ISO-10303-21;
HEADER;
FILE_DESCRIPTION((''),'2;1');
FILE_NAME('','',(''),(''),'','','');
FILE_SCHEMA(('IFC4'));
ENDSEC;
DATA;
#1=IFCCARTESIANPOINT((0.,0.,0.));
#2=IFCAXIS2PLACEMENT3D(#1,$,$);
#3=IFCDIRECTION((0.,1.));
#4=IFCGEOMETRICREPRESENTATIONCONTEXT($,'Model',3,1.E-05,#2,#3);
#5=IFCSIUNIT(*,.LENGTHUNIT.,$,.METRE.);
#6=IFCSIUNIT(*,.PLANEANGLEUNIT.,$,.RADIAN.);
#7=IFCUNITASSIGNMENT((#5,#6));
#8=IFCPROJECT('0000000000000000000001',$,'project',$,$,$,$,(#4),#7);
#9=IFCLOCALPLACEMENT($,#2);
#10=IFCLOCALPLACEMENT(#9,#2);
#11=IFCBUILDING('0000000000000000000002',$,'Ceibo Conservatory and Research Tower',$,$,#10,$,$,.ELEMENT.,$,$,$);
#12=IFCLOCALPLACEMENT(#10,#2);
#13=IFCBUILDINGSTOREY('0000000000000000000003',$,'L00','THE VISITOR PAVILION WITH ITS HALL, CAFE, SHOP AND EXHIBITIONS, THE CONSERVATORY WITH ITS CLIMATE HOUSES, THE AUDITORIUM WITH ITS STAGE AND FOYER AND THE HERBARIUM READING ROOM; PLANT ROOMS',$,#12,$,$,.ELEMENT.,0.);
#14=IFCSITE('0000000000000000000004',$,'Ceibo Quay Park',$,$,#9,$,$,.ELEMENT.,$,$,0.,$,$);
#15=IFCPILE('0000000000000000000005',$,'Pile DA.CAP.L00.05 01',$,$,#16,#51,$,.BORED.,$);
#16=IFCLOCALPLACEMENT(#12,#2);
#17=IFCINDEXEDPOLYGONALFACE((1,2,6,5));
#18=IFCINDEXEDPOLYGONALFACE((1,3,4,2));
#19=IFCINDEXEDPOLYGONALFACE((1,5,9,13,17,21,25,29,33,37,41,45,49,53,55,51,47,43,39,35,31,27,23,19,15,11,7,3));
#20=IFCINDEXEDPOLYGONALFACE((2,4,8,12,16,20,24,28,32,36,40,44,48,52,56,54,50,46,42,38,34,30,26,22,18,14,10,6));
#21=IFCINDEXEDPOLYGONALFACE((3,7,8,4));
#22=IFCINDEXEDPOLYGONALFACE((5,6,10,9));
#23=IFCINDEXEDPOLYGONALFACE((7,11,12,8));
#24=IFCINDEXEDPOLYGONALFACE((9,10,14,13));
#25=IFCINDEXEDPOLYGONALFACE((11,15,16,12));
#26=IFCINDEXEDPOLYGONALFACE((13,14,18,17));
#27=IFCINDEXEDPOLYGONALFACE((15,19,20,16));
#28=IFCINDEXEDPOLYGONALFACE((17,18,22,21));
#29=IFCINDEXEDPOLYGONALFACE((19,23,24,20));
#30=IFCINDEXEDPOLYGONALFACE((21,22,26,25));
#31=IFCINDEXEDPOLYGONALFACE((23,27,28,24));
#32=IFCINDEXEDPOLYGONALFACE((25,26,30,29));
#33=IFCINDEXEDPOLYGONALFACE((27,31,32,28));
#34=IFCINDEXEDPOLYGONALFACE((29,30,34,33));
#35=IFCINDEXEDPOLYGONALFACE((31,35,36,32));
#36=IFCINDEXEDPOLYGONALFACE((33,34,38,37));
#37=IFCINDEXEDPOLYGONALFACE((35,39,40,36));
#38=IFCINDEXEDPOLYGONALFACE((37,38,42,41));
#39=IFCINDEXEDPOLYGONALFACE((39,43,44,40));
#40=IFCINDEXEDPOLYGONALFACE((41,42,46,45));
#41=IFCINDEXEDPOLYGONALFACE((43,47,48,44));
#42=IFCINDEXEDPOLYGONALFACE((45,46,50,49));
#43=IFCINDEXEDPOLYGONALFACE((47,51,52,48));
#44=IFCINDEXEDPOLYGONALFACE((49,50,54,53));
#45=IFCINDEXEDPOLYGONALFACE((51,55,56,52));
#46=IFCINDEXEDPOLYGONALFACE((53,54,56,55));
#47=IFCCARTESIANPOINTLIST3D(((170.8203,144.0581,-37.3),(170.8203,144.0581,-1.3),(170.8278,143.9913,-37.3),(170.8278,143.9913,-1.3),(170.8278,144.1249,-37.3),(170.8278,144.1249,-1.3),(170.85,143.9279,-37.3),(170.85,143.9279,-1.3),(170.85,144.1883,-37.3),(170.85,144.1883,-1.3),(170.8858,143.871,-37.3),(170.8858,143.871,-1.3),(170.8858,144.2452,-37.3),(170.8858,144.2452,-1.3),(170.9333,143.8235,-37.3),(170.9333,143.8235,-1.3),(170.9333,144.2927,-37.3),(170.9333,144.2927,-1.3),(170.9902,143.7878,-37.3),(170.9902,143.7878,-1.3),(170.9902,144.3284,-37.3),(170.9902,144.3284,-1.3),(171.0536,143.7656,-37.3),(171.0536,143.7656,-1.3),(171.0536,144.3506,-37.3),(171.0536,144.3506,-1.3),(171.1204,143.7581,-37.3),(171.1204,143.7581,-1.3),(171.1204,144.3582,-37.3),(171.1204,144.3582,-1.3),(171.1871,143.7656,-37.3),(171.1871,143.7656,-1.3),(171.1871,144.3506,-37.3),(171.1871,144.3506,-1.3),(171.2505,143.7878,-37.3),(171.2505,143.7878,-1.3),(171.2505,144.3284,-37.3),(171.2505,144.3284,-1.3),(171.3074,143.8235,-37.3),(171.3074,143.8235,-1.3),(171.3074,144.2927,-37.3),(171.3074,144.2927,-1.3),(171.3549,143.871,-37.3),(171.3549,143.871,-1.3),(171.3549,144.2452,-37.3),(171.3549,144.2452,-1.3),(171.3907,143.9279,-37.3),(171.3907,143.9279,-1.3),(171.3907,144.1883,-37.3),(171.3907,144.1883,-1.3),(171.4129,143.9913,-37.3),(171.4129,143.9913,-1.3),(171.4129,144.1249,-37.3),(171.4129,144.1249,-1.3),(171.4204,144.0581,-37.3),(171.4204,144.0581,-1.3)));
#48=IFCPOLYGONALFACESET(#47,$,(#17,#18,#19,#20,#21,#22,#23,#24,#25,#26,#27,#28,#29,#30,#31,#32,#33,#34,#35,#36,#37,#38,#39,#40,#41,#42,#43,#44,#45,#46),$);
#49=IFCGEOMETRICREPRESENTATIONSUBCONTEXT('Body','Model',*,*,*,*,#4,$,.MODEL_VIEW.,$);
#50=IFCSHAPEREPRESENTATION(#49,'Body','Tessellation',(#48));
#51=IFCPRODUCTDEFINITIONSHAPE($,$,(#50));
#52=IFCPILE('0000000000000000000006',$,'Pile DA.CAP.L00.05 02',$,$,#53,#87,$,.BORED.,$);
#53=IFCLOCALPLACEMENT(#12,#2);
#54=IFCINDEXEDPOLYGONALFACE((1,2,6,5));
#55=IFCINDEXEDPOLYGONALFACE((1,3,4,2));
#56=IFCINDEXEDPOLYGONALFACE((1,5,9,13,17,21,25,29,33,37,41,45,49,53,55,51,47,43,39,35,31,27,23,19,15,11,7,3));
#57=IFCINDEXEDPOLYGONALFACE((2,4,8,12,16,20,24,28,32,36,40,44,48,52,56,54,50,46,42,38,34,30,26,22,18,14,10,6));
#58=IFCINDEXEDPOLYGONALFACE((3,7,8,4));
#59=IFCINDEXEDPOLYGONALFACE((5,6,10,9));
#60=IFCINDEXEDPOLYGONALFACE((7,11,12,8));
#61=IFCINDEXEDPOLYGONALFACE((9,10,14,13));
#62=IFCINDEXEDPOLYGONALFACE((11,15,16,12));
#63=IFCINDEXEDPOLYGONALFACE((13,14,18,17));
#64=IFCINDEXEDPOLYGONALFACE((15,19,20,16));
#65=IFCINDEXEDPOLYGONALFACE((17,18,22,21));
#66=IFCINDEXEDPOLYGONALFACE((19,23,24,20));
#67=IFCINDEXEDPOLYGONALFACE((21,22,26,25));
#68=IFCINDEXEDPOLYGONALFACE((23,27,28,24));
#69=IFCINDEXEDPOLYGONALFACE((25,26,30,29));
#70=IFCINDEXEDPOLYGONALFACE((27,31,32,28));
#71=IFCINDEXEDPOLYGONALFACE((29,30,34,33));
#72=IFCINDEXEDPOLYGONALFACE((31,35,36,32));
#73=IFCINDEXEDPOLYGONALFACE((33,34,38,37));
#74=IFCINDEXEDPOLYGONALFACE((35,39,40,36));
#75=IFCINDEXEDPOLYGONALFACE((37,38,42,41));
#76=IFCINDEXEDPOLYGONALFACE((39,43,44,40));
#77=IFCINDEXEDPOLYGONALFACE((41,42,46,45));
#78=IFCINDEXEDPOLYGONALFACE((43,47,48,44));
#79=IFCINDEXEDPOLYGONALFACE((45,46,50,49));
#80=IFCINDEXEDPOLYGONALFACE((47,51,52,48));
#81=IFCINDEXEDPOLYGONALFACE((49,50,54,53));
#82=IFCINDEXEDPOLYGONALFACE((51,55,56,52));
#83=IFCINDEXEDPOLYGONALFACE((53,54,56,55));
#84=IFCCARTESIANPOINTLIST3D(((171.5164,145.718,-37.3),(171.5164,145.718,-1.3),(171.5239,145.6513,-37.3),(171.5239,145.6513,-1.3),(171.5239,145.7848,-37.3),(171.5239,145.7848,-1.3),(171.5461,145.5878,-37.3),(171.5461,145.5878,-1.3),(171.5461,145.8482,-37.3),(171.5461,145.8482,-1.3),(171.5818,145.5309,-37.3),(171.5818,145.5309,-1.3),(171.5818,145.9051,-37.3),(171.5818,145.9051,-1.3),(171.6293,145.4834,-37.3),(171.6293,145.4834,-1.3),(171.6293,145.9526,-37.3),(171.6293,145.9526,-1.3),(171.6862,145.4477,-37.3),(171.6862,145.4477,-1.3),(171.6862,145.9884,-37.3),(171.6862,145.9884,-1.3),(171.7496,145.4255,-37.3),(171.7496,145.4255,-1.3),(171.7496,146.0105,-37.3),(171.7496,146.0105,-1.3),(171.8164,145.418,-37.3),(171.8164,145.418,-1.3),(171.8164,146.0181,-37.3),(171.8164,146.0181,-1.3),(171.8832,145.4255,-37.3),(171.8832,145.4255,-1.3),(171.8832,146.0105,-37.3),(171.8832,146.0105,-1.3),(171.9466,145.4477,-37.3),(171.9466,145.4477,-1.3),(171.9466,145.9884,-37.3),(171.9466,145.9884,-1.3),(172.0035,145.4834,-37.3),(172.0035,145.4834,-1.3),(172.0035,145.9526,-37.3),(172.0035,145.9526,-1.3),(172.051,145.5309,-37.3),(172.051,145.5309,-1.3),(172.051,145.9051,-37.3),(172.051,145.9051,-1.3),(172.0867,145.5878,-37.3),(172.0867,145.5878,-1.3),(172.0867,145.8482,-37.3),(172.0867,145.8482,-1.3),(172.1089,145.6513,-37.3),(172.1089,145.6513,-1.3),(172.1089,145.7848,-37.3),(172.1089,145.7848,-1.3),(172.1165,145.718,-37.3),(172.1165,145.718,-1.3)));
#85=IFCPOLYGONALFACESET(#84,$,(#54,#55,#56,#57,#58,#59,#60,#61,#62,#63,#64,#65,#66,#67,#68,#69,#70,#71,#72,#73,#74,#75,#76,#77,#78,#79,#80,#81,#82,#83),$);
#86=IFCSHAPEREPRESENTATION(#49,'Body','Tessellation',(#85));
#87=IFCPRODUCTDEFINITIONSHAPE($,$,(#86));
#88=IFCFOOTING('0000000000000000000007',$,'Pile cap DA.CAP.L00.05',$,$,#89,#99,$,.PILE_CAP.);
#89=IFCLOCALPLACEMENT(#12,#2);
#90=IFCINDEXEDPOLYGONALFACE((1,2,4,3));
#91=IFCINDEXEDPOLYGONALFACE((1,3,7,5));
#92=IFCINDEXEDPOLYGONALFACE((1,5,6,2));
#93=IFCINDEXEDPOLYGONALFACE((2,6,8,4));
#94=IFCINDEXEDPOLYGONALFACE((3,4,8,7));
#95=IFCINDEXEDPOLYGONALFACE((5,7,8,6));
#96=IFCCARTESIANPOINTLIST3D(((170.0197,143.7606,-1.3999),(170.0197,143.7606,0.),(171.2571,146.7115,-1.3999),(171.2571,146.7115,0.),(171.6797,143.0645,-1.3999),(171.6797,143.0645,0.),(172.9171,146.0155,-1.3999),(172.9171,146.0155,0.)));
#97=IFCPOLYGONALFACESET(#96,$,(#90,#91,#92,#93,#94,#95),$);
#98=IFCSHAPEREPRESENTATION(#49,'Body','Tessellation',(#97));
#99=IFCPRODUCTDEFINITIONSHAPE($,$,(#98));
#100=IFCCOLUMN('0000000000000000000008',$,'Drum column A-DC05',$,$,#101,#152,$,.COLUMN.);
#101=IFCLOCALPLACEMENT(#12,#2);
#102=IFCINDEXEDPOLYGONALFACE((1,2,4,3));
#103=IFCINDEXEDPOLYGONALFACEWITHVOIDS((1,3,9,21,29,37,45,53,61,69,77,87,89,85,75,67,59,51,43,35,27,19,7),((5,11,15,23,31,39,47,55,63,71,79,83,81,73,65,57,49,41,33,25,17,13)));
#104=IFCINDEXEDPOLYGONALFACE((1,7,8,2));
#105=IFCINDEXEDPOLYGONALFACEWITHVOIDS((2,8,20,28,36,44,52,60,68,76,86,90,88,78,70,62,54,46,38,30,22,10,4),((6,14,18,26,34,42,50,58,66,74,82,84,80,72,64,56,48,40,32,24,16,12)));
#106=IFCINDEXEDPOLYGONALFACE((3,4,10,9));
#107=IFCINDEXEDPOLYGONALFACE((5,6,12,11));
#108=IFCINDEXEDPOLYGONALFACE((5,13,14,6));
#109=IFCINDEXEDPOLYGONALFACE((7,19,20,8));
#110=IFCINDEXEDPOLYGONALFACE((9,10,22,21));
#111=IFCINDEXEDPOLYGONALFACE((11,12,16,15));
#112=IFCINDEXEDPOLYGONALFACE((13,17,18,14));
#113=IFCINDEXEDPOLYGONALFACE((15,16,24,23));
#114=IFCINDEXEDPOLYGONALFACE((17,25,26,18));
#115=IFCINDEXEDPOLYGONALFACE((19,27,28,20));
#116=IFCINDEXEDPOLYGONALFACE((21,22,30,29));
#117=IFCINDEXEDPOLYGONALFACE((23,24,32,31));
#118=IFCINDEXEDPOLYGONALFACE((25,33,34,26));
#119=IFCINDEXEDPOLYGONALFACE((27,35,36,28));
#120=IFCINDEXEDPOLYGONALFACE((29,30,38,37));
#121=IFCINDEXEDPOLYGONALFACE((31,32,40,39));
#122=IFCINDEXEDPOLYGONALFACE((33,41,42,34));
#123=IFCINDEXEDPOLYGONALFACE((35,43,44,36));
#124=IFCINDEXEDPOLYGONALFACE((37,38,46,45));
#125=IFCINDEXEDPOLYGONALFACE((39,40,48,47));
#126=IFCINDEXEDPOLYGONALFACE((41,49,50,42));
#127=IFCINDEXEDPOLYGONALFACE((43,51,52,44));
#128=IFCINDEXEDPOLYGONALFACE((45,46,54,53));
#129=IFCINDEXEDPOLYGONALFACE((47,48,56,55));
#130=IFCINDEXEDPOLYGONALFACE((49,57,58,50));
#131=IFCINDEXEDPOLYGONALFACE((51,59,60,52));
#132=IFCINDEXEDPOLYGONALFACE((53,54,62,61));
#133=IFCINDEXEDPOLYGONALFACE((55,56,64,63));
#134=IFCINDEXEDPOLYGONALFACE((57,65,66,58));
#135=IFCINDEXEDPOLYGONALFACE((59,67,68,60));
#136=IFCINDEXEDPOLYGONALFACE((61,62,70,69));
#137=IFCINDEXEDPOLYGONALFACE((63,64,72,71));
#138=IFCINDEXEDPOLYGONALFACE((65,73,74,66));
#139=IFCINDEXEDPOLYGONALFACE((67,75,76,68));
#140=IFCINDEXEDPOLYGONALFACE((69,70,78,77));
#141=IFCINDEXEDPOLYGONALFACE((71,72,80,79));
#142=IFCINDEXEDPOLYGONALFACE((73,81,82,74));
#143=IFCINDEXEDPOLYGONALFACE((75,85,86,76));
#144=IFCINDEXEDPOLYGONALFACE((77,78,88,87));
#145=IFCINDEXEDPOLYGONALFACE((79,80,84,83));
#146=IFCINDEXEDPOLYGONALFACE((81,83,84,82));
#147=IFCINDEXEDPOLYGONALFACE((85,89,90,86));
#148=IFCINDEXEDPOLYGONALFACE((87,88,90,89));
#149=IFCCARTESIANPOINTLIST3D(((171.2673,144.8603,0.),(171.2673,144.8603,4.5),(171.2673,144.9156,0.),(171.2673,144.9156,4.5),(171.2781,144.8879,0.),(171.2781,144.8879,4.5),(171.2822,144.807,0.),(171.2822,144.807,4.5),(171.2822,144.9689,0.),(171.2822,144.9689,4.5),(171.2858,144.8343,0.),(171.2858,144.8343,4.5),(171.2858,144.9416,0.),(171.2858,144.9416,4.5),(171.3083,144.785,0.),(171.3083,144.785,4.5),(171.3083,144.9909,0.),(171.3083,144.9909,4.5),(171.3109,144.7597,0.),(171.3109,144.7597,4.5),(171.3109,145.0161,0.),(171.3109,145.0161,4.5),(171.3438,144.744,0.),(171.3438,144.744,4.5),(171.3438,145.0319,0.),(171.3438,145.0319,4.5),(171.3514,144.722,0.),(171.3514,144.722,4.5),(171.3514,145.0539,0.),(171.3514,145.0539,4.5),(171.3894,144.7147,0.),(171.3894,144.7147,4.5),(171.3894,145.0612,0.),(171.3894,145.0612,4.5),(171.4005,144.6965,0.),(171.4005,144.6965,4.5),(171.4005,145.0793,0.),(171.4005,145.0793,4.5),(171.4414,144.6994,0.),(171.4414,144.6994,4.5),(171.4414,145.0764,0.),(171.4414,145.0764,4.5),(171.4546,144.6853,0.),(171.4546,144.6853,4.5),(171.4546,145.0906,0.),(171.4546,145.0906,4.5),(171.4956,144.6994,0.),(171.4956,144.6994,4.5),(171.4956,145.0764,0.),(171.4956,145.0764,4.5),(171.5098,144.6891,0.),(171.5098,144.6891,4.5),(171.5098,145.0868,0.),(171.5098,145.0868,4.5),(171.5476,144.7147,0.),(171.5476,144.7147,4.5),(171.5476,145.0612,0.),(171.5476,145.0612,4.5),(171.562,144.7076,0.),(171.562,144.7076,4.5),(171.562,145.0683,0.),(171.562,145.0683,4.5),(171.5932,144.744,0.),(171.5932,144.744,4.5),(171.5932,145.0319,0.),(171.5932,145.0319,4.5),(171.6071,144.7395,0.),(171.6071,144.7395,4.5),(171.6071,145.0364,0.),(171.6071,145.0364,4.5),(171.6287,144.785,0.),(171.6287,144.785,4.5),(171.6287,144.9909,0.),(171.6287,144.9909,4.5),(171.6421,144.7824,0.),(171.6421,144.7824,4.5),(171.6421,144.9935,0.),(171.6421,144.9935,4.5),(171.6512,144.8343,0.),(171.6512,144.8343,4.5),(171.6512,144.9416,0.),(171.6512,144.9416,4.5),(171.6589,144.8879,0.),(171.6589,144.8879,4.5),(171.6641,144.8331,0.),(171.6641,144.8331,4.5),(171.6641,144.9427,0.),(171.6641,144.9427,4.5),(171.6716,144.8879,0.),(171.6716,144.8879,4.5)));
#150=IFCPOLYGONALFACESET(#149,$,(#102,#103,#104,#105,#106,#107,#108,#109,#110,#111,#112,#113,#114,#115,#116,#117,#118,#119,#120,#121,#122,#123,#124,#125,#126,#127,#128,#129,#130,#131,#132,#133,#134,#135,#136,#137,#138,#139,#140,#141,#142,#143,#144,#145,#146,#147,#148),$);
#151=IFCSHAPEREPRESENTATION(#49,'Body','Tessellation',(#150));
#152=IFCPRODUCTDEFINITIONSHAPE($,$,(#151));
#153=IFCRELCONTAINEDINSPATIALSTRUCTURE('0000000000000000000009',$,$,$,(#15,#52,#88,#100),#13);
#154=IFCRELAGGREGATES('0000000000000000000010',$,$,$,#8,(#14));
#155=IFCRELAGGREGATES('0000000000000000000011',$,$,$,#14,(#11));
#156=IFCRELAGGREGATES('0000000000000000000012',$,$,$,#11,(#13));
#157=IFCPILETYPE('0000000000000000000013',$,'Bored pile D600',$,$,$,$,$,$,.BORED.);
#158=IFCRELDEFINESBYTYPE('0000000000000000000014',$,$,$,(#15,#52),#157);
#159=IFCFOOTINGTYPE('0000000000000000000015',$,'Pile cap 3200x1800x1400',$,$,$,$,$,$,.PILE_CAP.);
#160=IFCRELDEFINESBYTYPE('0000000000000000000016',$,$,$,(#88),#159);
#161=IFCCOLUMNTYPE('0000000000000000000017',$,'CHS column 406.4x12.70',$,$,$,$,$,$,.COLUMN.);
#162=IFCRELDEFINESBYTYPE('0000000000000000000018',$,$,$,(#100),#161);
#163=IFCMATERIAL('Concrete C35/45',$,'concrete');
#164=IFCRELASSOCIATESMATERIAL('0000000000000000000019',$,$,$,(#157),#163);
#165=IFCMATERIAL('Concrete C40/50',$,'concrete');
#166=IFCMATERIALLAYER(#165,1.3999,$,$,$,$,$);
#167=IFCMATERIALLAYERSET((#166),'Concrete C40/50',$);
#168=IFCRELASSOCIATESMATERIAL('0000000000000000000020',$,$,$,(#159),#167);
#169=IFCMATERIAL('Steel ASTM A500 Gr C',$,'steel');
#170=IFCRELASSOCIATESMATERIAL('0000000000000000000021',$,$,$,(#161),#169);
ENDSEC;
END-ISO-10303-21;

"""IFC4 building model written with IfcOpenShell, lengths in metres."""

from ifc_helpers import new_model, si_unit, direction, frame, origin, origin_2d, place, context, subcontext, project, spatial, polyline, circle, hollow_circle, outline, extrude, material, layer, layer_set, material_profile, profile_set, type_object, element, save


model = new_model("IFC4")

# Units and contexts
model_context = context("Model", 3, precision=1e-05, world=origin(), true_north=direction((0.0, 1.0)))
body_context = subcontext(model_context, "Body", "Model", "MODEL_VIEW")
ifc_project = project(units=[si_unit("LENGTHUNIT", "METRE"), si_unit("PLANEANGLEUNIT", "RADIAN")], contexts=[model_context])

# Site, building, storey
site_placement = place(None, origin())
site = spatial("IfcSite", under=ifc_project, at=site_placement, Name="Ceibo Quay Park", CompositionType="ELEMENT", RefElevation=0.0)
building_placement = place(site_placement, origin())
building = spatial("IfcBuilding", under=site, at=building_placement, Name="Ceibo Conservatory and Research Tower", CompositionType="ELEMENT")
storey_placement = place(building_placement, origin())
storey = spatial("IfcBuildingStorey", under=building, at=storey_placement, Name="L00", Description="THE VISITOR PAVILION WITH ITS HALL, CAFE, SHOP AND EXHIBITIONS, THE CONSERVATORY WITH ITS CLIMATE HOUSES, THE AUDITORIUM WITH ITS STAGE AND FOYER AND THE HERBARIUM READING ROOM; PLANT ROOMS", CompositionType="ELEMENT", Elevation=0.0)

# Piles
ifc_material_1 = material(Name="Concrete C35/45", Category="concrete")
ifc_material_profile_1 = material_profile(ifc_material_1, circle(Radius=0.3, at=origin_2d()), Name="RC D600")
ifc_profile_set_1 = profile_set([ifc_material_profile_1], Name="Concrete C35/45")
pile_type = type_object("IfcPileType", Name="Bored pile D600", PredefinedType="BORED", material=ifc_profile_set_1)
for number, where, z_axis, x_axis, name in (
    (1, (171.1204, 144.0581, -1.3), (0.0, 0.0, -1.0), (1.0, 0.0, 0.0), "Pile DA.CAP.L00.05 01"),
    (2, (171.8164, 145.718, -1.3), (0.0, 0.0, -1.0), (1.0, 0.0, 0.0), "Pile DA.CAP.L00.05 02"),
):
    element("IfcPile", number, at=place(storey_placement, frame(where, z_axis=z_axis, x_axis=x_axis)), inside=storey, type_object=pile_type, Name=name, PredefinedType="BORED", context=body_context, shape_type="SweptSolid", body=[
        extrude(circle(Radius=0.3, at=origin_2d()), origin(), (0.0, 0.0, 1.0), 36.0),
    ])

# Footing
ifc_material_2 = material(Name="Concrete C40/50", Category="concrete")
ifc_layer_1 = layer(ifc_material_2, 1.3999)
ifc_layer_set_1 = layer_set([ifc_layer_1], Name="Concrete C40/50")
footing_type = type_object("IfcFootingType", Name="Pile cap 3200x1800x1400", PredefinedType="PILE_CAP", material=ifc_layer_set_1)
footing_placement = place(storey_placement, frame((171.6797, 143.0645, -1.3999), z_axis=(0.0, 0.0, 1.0), x_axis=(0.386711, 0.922201, 0.0)))
element("IfcFooting", 3, at=footing_placement, inside=storey, type_object=footing_type, Name="Pile cap DA.CAP.L00.05", PredefinedType="PILE_CAP", context=body_context, shape_type="SweptSolid", body=[
    extrude(outline(polyline([(0.0, 0.0), (3.2, 0.0), (3.2, 1.8), (0.0, 1.8), (0.0, 0.0)])), origin(), (0.0, 0.0, 1.0), 1.3999),
])

# Column
ifc_material_3 = material(Name="Steel ASTM A500 Gr C", Category="steel")
ifc_material_profile_2 = material_profile(ifc_material_3, hollow_circle(Radius=0.2031, WallThickness=0.0127, at=origin_2d()), Name="CHS column 406.4x12.70")
ifc_profile_set_2 = profile_set([ifc_material_profile_2], Name="Steel ASTM A500 Gr C")
column_type = type_object("IfcColumnType", Name="CHS column 406.4x12.70", PredefinedType="COLUMN", material=ifc_profile_set_2)
column_placement = place(storey_placement, frame((171.4685, 144.8879, 0.0), z_axis=(0.0, 0.0, 1.0), x_axis=(1.0, 0.0, 0.0)))
element("IfcColumn", 4, at=column_placement, inside=storey, type_object=column_type, Name="Drum column A-DC05", PredefinedType="COLUMN", context=body_context, shape_type="SweptSolid", body=[
    extrude(hollow_circle(Radius=0.2031, WallThickness=0.0127, at=origin_2d()), origin(), (0.0, 0.0, 1.0), 4.5),
])

save(model, "model.ifc")
